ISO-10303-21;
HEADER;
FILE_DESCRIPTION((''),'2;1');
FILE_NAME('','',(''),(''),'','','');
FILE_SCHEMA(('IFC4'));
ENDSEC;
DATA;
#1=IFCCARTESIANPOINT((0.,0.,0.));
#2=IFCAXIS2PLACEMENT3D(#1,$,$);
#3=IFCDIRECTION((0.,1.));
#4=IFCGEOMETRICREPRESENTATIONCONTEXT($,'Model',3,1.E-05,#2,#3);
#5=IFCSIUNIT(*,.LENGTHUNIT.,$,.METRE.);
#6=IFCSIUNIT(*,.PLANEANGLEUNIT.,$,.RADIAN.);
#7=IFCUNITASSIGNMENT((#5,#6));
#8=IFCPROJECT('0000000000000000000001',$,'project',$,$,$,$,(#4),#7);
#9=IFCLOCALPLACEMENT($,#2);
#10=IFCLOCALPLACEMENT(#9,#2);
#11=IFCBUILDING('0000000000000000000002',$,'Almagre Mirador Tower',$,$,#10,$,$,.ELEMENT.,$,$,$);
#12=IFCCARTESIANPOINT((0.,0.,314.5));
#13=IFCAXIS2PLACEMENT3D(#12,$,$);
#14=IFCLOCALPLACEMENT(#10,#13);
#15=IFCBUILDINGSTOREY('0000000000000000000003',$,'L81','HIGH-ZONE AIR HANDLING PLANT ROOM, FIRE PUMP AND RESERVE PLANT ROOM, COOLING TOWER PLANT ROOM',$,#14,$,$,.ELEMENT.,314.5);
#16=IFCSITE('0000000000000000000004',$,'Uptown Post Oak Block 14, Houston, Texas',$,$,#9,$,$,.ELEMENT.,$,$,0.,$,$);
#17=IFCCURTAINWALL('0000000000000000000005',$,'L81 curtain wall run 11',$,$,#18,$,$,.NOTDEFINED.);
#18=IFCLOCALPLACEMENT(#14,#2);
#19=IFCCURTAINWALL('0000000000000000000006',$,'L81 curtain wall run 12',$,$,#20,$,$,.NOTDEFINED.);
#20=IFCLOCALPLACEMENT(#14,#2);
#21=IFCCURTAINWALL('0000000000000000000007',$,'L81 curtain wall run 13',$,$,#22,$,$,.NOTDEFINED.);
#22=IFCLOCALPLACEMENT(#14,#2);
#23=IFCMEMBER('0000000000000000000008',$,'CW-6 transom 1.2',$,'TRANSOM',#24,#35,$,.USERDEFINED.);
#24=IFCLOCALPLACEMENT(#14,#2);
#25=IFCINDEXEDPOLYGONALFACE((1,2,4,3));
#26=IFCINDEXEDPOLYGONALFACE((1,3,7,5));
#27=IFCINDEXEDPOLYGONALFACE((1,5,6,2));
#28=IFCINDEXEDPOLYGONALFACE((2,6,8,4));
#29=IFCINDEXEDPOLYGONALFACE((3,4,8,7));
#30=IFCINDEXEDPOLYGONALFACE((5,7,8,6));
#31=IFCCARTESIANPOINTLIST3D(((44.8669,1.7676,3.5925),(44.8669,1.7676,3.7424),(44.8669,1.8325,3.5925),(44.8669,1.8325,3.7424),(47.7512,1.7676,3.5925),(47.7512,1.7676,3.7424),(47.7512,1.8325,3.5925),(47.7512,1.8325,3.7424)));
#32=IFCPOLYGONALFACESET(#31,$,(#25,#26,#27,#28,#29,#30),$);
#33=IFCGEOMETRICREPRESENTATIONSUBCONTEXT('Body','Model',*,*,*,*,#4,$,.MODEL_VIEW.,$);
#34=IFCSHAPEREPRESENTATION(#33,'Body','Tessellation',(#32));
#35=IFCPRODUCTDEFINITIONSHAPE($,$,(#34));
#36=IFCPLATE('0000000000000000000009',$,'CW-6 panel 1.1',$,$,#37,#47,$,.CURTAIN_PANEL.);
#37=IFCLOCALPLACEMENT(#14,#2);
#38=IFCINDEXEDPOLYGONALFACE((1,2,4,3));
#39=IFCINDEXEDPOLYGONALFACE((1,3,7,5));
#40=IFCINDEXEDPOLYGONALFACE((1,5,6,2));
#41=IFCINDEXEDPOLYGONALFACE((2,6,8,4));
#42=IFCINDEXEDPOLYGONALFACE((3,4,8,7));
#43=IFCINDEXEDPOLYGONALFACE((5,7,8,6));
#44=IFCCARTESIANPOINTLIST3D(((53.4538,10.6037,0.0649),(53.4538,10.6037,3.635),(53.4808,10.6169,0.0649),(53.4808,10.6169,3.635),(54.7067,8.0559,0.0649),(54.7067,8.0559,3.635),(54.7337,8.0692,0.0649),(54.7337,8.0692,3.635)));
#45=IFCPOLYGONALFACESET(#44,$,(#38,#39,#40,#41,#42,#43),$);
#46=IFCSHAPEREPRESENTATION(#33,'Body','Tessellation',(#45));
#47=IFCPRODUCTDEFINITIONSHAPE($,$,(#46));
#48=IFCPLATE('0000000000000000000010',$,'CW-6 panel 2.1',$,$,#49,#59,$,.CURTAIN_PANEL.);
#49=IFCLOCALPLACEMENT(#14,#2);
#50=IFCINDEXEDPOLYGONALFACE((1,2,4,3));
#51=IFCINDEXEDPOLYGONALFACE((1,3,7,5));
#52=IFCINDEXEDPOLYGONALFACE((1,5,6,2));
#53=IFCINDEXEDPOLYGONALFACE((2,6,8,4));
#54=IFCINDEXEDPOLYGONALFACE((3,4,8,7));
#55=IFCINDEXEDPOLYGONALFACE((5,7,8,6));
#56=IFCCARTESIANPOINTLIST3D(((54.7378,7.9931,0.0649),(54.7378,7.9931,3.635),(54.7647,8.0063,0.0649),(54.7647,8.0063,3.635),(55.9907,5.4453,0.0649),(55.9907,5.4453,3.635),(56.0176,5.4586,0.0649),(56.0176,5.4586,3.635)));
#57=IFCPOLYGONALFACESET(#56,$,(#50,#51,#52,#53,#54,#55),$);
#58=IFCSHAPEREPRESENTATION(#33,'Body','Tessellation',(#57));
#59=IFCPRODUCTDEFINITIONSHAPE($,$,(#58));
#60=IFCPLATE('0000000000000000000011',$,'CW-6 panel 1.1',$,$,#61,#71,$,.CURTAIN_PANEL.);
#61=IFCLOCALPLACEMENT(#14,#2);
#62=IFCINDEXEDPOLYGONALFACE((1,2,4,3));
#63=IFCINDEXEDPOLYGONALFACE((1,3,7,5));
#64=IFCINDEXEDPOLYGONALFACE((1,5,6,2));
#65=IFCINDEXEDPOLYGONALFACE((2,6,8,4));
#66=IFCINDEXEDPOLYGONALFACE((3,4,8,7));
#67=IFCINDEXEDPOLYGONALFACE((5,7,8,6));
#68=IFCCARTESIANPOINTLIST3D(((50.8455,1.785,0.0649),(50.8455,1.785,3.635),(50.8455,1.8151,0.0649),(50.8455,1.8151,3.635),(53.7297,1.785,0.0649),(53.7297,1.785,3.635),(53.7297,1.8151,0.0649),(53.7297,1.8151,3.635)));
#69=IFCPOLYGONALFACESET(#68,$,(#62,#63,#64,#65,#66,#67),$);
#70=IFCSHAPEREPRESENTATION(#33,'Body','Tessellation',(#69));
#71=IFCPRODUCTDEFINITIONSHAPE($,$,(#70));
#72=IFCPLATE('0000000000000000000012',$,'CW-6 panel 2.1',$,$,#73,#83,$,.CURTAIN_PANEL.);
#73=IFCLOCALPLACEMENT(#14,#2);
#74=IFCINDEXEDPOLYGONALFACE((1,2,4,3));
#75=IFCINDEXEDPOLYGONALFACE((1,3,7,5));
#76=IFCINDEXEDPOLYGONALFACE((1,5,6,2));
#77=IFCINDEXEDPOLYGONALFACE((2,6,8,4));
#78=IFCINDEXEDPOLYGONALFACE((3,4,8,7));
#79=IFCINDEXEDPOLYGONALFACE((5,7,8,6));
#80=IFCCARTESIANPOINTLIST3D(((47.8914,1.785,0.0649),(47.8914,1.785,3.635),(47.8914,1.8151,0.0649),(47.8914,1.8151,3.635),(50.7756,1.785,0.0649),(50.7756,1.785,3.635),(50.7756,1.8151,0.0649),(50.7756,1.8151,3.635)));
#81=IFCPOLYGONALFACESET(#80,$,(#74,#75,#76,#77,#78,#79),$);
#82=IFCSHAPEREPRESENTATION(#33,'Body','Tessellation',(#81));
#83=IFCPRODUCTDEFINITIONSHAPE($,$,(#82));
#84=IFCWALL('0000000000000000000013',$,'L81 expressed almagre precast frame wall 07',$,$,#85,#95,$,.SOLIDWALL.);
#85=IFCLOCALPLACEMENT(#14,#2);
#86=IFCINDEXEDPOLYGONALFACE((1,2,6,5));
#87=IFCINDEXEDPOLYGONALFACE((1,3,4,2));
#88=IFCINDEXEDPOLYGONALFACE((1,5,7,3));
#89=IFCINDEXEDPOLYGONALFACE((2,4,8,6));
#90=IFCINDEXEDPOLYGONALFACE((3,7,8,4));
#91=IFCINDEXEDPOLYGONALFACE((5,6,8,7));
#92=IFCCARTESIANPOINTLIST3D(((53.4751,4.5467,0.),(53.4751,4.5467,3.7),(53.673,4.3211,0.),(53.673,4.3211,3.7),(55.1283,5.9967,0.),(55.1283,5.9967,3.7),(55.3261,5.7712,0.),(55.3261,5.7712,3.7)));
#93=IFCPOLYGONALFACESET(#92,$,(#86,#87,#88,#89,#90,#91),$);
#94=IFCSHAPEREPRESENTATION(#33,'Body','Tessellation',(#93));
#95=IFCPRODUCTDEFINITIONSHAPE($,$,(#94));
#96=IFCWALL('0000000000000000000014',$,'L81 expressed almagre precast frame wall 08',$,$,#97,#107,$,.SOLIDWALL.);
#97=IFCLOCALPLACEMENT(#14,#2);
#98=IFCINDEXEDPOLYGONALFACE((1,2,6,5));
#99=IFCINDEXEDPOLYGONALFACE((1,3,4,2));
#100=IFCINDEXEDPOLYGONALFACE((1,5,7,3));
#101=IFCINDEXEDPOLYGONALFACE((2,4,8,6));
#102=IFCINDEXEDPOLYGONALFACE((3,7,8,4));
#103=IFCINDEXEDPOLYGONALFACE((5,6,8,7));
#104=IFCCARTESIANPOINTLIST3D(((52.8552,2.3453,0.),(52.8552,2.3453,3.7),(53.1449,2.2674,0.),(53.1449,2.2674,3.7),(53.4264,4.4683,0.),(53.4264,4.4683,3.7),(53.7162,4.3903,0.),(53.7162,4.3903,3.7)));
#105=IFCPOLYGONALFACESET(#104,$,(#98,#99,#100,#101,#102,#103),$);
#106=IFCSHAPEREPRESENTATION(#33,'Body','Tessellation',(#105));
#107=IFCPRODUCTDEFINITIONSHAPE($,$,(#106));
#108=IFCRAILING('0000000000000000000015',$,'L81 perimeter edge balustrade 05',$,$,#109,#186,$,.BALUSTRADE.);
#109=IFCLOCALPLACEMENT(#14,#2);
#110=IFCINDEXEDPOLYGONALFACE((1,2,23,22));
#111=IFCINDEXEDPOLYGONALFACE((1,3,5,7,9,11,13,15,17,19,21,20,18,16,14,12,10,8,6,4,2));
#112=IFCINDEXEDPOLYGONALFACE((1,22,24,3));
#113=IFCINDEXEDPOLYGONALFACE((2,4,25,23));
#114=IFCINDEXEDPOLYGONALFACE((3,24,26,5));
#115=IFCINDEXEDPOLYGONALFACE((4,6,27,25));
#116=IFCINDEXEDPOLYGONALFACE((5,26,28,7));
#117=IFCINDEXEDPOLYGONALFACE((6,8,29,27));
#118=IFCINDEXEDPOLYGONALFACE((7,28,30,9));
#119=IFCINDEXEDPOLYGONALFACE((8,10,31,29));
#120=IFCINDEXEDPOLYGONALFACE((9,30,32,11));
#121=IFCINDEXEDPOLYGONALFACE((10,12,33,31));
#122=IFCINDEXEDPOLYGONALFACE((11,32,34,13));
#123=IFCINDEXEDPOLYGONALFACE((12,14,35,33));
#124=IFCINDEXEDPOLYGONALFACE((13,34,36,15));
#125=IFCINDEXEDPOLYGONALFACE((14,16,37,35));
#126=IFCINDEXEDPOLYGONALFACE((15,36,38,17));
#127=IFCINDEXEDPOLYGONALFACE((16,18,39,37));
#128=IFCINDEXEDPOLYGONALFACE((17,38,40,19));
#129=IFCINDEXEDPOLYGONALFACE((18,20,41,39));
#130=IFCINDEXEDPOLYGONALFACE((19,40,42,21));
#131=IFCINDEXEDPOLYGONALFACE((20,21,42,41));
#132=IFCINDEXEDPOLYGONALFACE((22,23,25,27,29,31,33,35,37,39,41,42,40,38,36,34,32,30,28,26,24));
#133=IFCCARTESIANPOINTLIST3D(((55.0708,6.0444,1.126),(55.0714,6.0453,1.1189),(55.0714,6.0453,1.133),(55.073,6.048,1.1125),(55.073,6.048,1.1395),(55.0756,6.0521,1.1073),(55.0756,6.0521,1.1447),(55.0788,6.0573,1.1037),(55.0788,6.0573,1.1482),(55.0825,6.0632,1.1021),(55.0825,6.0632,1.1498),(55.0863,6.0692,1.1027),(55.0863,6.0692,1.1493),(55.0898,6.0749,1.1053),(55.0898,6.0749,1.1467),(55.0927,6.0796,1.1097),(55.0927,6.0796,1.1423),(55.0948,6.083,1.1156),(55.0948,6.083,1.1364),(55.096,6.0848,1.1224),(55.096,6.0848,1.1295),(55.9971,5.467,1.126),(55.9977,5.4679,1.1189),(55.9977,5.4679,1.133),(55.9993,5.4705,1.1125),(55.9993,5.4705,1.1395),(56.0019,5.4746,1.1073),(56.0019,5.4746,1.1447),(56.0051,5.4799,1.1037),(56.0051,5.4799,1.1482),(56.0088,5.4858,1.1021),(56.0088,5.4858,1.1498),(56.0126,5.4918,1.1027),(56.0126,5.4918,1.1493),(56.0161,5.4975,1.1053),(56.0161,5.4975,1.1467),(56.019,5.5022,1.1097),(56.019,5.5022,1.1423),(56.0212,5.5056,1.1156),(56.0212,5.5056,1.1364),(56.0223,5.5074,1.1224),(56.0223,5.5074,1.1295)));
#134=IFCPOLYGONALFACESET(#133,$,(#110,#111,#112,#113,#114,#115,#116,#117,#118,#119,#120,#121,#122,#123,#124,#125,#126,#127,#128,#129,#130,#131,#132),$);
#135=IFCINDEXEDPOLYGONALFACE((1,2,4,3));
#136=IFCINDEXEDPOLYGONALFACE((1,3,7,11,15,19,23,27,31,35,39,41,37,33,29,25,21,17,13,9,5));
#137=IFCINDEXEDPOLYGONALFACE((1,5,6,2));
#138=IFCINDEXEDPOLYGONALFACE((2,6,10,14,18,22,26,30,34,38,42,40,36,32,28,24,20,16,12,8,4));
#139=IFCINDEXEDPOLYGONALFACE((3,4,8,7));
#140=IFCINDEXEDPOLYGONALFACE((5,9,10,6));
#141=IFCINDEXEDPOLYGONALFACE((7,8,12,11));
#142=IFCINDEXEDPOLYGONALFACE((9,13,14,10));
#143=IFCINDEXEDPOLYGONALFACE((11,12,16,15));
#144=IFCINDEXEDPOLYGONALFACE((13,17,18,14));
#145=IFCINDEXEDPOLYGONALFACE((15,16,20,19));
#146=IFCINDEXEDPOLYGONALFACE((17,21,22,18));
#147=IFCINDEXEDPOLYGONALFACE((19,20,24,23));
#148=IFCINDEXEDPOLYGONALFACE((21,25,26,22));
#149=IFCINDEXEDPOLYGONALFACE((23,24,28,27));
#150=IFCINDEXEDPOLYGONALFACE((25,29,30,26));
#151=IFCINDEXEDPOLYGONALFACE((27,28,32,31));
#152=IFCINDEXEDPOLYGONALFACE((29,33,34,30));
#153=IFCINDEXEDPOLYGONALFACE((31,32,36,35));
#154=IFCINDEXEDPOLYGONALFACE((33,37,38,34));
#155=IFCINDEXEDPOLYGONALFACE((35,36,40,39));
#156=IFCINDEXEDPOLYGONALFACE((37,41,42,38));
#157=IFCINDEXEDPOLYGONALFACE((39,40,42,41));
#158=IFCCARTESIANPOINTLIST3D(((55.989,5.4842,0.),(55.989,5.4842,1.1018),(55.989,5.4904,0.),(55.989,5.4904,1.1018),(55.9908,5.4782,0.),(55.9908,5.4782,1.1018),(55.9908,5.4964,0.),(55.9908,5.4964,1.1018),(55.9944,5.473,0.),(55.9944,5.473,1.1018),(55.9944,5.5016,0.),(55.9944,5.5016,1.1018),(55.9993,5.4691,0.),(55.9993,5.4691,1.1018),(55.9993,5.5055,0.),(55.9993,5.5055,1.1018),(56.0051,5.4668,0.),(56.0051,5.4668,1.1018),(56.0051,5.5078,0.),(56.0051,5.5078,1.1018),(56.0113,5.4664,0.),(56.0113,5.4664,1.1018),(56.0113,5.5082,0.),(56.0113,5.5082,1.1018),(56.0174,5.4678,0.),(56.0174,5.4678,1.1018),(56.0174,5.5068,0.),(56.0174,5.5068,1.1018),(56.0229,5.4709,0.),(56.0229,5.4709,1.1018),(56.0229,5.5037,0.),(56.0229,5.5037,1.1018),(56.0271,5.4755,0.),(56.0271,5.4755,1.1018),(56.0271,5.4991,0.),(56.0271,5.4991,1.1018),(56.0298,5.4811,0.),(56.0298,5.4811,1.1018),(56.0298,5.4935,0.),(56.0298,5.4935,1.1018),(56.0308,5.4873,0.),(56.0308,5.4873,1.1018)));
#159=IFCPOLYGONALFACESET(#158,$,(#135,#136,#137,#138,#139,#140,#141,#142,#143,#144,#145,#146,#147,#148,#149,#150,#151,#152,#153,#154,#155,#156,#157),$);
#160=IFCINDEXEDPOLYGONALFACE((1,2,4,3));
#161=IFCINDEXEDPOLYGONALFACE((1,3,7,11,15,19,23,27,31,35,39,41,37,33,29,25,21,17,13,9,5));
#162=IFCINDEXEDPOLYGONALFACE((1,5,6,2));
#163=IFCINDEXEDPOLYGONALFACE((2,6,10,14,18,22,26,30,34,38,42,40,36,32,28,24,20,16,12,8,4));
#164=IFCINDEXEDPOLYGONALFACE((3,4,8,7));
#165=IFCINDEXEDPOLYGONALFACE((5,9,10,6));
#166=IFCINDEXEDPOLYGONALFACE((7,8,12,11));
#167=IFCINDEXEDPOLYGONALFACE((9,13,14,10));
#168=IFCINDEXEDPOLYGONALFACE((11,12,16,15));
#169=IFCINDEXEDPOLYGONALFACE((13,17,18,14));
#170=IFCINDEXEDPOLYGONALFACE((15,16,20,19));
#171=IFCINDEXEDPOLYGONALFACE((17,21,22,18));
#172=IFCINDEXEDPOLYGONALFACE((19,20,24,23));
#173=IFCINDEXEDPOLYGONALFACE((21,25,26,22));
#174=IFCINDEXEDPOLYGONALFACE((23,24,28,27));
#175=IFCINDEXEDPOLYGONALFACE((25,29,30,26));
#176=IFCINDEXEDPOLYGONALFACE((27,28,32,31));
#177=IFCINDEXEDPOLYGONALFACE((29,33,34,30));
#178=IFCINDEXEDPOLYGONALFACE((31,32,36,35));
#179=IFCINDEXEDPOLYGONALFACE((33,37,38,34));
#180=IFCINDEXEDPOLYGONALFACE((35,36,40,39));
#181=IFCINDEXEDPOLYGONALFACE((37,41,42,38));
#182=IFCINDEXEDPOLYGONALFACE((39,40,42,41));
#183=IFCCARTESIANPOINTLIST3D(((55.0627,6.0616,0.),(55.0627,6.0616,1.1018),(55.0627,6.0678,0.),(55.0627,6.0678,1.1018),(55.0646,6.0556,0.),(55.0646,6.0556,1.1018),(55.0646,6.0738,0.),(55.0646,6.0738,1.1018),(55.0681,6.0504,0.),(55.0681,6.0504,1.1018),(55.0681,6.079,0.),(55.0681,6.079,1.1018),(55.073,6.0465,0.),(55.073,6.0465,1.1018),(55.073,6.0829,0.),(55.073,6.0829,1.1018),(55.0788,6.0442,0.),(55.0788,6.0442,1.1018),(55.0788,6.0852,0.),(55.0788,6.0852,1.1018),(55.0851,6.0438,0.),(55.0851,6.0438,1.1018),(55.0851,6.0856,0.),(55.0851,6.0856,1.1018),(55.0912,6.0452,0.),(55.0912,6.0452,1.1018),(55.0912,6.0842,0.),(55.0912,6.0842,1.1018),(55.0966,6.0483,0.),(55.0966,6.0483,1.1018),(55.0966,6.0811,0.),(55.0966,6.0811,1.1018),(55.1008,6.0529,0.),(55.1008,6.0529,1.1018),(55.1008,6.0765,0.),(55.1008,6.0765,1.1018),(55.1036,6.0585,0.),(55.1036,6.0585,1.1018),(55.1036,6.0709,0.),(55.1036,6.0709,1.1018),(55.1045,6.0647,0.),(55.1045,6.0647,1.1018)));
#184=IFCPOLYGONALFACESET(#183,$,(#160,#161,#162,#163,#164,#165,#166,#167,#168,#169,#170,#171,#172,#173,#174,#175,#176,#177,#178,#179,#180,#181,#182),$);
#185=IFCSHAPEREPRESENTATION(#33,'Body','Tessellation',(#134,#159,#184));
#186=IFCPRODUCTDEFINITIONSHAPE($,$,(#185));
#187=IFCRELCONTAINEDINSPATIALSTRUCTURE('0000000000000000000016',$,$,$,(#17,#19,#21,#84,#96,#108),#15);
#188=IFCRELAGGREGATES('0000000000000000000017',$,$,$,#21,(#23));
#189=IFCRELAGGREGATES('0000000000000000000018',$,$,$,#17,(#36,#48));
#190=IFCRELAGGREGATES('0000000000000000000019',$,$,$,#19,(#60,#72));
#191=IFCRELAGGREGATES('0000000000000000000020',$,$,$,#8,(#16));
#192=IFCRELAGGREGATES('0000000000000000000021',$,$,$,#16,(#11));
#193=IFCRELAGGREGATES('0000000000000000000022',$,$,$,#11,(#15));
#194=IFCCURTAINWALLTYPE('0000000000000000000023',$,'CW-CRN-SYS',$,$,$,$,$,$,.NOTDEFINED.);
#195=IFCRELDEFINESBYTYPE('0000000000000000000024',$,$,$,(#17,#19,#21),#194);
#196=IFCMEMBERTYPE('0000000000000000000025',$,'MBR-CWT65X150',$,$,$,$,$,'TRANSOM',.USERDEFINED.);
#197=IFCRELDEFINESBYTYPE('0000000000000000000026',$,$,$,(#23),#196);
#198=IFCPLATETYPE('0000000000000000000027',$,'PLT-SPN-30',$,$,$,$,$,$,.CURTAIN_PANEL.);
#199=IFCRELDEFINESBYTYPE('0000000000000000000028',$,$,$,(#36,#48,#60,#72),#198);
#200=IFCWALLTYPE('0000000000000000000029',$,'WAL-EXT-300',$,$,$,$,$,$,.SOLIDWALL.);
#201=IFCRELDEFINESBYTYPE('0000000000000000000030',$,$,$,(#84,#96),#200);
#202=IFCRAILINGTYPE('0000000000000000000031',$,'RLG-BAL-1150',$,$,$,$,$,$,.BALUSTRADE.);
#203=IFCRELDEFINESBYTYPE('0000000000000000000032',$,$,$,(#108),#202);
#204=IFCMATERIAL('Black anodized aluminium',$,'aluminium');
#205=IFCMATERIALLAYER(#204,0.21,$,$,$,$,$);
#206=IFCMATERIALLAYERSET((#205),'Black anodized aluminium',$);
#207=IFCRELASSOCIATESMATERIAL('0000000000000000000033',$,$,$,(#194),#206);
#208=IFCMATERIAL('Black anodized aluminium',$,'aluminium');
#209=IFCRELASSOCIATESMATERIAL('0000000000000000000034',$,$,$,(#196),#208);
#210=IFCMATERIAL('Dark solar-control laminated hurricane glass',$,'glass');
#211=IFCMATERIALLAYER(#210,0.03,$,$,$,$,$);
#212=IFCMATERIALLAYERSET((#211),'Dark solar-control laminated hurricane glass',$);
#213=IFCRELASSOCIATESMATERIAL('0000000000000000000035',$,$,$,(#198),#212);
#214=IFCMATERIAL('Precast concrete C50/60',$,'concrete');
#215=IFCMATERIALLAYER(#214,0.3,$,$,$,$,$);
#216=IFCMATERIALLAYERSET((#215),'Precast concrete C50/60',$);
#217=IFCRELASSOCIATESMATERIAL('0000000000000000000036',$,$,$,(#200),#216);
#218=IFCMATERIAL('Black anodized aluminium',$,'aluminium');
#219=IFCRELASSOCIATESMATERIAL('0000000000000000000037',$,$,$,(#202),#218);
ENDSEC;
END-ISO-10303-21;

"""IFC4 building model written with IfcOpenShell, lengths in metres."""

from ifc_helpers import new_model, si_unit, direction, frame, frame_2d, origin, origin_2d, place, context, subcontext, project, spatial, rectangle, circle, extrude, material, layer, layer_set, material_profile, profile_set, type_object, element, aggregate, save


model = new_model("IFC4")

# Units and contexts
model_context = context("Model", 3, precision=1e-05, world=origin(), true_north=direction((0.0, 1.0)))
body_context = subcontext(model_context, "Body", "Model", "MODEL_VIEW")
ifc_project = project(units=[si_unit("LENGTHUNIT", "METRE"), si_unit("PLANEANGLEUNIT", "RADIAN")], contexts=[model_context])

# Site, building, storey
site_placement = place(None, origin())
site = spatial("IfcSite", under=ifc_project, at=site_placement, Name="Uptown Post Oak Block 14, Houston, Texas", CompositionType="ELEMENT", RefElevation=0.0)
building_placement = place(site_placement, origin())
building = spatial("IfcBuilding", under=site, at=building_placement, Name="Almagre Mirador Tower", CompositionType="ELEMENT")
storey_placement = place(building_placement, frame((0.0, 0.0, 314.5)))
storey = spatial("IfcBuildingStorey", under=building, at=storey_placement, Name="L81", Description="HIGH-ZONE AIR HANDLING PLANT ROOM, FIRE PUMP AND RESERVE PLANT ROOM, COOLING TOWER PLANT ROOM", CompositionType="ELEMENT", Elevation=314.5)

# Shared definitions
ifc_material_1 = material(Name="Black anodized aluminium", Category="aluminium")
ifc_layer_1 = layer(ifc_material_1, 0.21)
ifc_layer_set_1 = layer_set([ifc_layer_1], Name="Black anodized aluminium")
curtain_wall_type = type_object("IfcCurtainWallType", Name="CW-CRN-SYS", PredefinedType="NOTDEFINED", material=ifc_layer_set_1)

# Curtain walls
curtain_wall_1_placement = place(storey_placement, origin())
curtain_wall_1 = element("IfcCurtainWall", 1, at=curtain_wall_1_placement, inside=storey, type_object=curtain_wall_type, Name="L81 curtain wall run 11", PredefinedType="NOTDEFINED")
curtain_wall_2_placement = place(storey_placement, origin())
curtain_wall_2 = element("IfcCurtainWall", 2, at=curtain_wall_2_placement, inside=storey, type_object=curtain_wall_type, Name="L81 curtain wall run 12", PredefinedType="NOTDEFINED")

# Curtain wall
curtain_wall_3_placement = place(storey_placement, origin())
curtain_wall_3 = element("IfcCurtainWall", 3, at=curtain_wall_3_placement, inside=storey, type_object=curtain_wall_type, Name="L81 curtain wall run 13", PredefinedType="NOTDEFINED")

# Member
ifc_material_2 = material(Name="Black anodized aluminium", Category="aluminium")
ifc_material_profile_1 = material_profile(ifc_material_2, rectangle(XDim=0.0649, YDim=0.1499, at=origin_2d()), Name="CWT65X150")
ifc_profile_set_1 = profile_set([ifc_material_profile_1], Name="Black anodized aluminium")
member_type_1 = type_object("IfcMemberType", Name="MBR-CWT65X150", ElementType="TRANSOM", PredefinedType="USERDEFINED", material=ifc_profile_set_1)
member_1_placement = place(storey_placement, frame((47.7512, 1.8, 3.6675), z_axis=(-1.0, 0.0, 0.0), x_axis=(0.0, -1.0, 0.0)))
member_1 = element("IfcMember", 4, at=member_1_placement, type_object=member_type_1, Name="CW-6 transom 1.2", ObjectType="TRANSOM", PredefinedType="USERDEFINED", context=body_context, shape_type="SweptSolid", body=[
    extrude(rectangle(XDim=0.0649, YDim=0.1499, at=origin_2d()), origin(), (0.0, 0.0, 1.0), 2.8843),
])
aggregate(curtain_wall_3, [member_1])

# Plates
ifc_material_3 = material(Name="Dark solar-control laminated hurricane glass", Category="glass")
ifc_layer_2 = layer(ifc_material_3, 0.03)
ifc_layer_set_2 = layer_set([ifc_layer_2], Name="Dark solar-control laminated hurricane glass")
plate_type = type_object("IfcPlateType", Name="PLT-SPN-30", PredefinedType="CURTAIN_PANEL", material=ifc_layer_set_2)
plate_1_placement = place(storey_placement, frame((54.0938, 9.3364, 0.0649), z_axis=(0.0, 0.0, 1.0), x_axis=(0.441294, -0.897363, 0.0)))
plate_1 = element("IfcPlate", 5, at=plate_1_placement, type_object=plate_type, Name="CW-6 panel 1.1", PredefinedType="CURTAIN_PANEL", context=body_context, shape_type="SweptSolid", body=[
    extrude(rectangle(XDim=2.8391, YDim=0.03, at=origin_2d()), origin(), (0.0, 0.0, 1.0), 3.5701),
])
plate_2_placement = place(storey_placement, frame((55.3777, 6.7258, 0.0649), z_axis=(0.0, 0.0, 1.0), x_axis=(0.441294, -0.897363, 0.0)))
plate_2 = element("IfcPlate", 6, at=plate_2_placement, type_object=plate_type, Name="CW-6 panel 2.1", PredefinedType="CURTAIN_PANEL", context=body_context, shape_type="SweptSolid", body=[
    extrude(rectangle(XDim=2.8391, YDim=0.03, at=origin_2d()), origin(), (0.0, 0.0, 1.0), 3.5701),
])
aggregate(curtain_wall_1, [plate_1, plate_2])
plate_3_placement = place(storey_placement, frame((52.2876, 1.8, 0.0649), z_axis=(0.0, 0.0, 1.0), x_axis=(-1.0, 0.0, 0.0)))
plate_3 = element("IfcPlate", 7, at=plate_3_placement, type_object=plate_type, Name="CW-6 panel 1.1", PredefinedType="CURTAIN_PANEL", context=body_context, shape_type="SweptSolid", body=[
    extrude(rectangle(XDim=2.8843, YDim=0.03, at=origin_2d()), origin(), (0.0, 0.0, 1.0), 3.5701),
])
plate_4_placement = place(storey_placement, frame((49.3335, 1.8, 0.0649), z_axis=(0.0, 0.0, 1.0), x_axis=(-1.0, 0.0, 0.0)))
plate_4 = element("IfcPlate", 8, at=plate_4_placement, type_object=plate_type, Name="CW-6 panel 2.1", PredefinedType="CURTAIN_PANEL", context=body_context, shape_type="SweptSolid", body=[
    extrude(rectangle(XDim=2.8843, YDim=0.03, at=origin_2d()), origin(), (0.0, 0.0, 1.0), 3.5701),
])
aggregate(curtain_wall_2, [plate_3, plate_4])

# Walls
ifc_material_4 = material(Name="Precast concrete C50/60", Category="concrete")
ifc_layer_3 = layer(ifc_material_4, 0.3)
ifc_layer_set_3 = layer_set([ifc_layer_3], Name="Precast concrete C50/60")
wall_type = type_object("IfcWallType", Name="WAL-EXT-300", PredefinedType="SOLIDWALL", material=ifc_layer_set_3)
wall_1_placement = place(storey_placement, frame((55.2273, 5.884, 0.0), z_axis=(0.0, 0.0, 1.0), x_axis=(-0.751785, -0.659408, 0.0)))
element("IfcWall", 9, at=wall_1_placement, inside=storey, type_object=wall_type, Name="L81 expressed almagre precast frame wall 07", PredefinedType="SOLIDWALL", context=body_context, shape_type="SweptSolid", body=[
    extrude(rectangle(XDim=2.199, YDim=0.3, at=frame_2d((1.0996, 0.0))), origin(), (0.0, 0.0, 1.0), 3.7),
])
wall_2_placement = place(storey_placement, frame((53.5713, 4.4292, 0.0), z_axis=(0.0, 0.0, 1.0), x_axis=(-0.259846, -0.96565, 0.0)))
element("IfcWall", 10, at=wall_2_placement, inside=storey, type_object=wall_type, Name="L81 expressed almagre precast frame wall 08", PredefinedType="SOLIDWALL", context=body_context, shape_type="SweptSolid", body=[
    extrude(rectangle(XDim=2.1985, YDim=0.3, at=frame_2d((1.0991, 0.0))), origin(), (0.0, 0.0, 1.0), 3.7),
])

# Railing
ifc_material_5 = material(Name="Black anodized aluminium", Category="aluminium")
railing_type = type_object("IfcRailingType", Name="RLG-BAL-1150", PredefinedType="BALUSTRADE", material=ifc_material_5)
railing_1_placement = place(storey_placement, frame((56.0098, 5.4873, 0.0)))
element("IfcRailing", 11, at=railing_1_placement, inside=storey, type_object=railing_type, Name="L81 perimeter edge balustrade 05", PredefinedType="BALUSTRADE", context=body_context, shape_type="SweptSolid", body=[
    extrude(circle(Radius=0.0239, at=origin_2d()), frame((0.0, 0.0, 1.126), z_axis=(-0.848626, 0.528993, 0.0), x_axis=(-0.528993, -0.848626, 0.0)), (0.0, 0.0, 1.0), 1.0916),
    extrude(circle(Radius=0.021, at=origin_2d()), origin(), (0.0, 0.0, 1.0), 1.1018),
    extrude(circle(Radius=0.021, at=origin_2d()), frame((-0.9263, 0.5774, 0.0)), (0.0, 0.0, 1.0), 1.1018),
])

save(model, "model.ifc")
